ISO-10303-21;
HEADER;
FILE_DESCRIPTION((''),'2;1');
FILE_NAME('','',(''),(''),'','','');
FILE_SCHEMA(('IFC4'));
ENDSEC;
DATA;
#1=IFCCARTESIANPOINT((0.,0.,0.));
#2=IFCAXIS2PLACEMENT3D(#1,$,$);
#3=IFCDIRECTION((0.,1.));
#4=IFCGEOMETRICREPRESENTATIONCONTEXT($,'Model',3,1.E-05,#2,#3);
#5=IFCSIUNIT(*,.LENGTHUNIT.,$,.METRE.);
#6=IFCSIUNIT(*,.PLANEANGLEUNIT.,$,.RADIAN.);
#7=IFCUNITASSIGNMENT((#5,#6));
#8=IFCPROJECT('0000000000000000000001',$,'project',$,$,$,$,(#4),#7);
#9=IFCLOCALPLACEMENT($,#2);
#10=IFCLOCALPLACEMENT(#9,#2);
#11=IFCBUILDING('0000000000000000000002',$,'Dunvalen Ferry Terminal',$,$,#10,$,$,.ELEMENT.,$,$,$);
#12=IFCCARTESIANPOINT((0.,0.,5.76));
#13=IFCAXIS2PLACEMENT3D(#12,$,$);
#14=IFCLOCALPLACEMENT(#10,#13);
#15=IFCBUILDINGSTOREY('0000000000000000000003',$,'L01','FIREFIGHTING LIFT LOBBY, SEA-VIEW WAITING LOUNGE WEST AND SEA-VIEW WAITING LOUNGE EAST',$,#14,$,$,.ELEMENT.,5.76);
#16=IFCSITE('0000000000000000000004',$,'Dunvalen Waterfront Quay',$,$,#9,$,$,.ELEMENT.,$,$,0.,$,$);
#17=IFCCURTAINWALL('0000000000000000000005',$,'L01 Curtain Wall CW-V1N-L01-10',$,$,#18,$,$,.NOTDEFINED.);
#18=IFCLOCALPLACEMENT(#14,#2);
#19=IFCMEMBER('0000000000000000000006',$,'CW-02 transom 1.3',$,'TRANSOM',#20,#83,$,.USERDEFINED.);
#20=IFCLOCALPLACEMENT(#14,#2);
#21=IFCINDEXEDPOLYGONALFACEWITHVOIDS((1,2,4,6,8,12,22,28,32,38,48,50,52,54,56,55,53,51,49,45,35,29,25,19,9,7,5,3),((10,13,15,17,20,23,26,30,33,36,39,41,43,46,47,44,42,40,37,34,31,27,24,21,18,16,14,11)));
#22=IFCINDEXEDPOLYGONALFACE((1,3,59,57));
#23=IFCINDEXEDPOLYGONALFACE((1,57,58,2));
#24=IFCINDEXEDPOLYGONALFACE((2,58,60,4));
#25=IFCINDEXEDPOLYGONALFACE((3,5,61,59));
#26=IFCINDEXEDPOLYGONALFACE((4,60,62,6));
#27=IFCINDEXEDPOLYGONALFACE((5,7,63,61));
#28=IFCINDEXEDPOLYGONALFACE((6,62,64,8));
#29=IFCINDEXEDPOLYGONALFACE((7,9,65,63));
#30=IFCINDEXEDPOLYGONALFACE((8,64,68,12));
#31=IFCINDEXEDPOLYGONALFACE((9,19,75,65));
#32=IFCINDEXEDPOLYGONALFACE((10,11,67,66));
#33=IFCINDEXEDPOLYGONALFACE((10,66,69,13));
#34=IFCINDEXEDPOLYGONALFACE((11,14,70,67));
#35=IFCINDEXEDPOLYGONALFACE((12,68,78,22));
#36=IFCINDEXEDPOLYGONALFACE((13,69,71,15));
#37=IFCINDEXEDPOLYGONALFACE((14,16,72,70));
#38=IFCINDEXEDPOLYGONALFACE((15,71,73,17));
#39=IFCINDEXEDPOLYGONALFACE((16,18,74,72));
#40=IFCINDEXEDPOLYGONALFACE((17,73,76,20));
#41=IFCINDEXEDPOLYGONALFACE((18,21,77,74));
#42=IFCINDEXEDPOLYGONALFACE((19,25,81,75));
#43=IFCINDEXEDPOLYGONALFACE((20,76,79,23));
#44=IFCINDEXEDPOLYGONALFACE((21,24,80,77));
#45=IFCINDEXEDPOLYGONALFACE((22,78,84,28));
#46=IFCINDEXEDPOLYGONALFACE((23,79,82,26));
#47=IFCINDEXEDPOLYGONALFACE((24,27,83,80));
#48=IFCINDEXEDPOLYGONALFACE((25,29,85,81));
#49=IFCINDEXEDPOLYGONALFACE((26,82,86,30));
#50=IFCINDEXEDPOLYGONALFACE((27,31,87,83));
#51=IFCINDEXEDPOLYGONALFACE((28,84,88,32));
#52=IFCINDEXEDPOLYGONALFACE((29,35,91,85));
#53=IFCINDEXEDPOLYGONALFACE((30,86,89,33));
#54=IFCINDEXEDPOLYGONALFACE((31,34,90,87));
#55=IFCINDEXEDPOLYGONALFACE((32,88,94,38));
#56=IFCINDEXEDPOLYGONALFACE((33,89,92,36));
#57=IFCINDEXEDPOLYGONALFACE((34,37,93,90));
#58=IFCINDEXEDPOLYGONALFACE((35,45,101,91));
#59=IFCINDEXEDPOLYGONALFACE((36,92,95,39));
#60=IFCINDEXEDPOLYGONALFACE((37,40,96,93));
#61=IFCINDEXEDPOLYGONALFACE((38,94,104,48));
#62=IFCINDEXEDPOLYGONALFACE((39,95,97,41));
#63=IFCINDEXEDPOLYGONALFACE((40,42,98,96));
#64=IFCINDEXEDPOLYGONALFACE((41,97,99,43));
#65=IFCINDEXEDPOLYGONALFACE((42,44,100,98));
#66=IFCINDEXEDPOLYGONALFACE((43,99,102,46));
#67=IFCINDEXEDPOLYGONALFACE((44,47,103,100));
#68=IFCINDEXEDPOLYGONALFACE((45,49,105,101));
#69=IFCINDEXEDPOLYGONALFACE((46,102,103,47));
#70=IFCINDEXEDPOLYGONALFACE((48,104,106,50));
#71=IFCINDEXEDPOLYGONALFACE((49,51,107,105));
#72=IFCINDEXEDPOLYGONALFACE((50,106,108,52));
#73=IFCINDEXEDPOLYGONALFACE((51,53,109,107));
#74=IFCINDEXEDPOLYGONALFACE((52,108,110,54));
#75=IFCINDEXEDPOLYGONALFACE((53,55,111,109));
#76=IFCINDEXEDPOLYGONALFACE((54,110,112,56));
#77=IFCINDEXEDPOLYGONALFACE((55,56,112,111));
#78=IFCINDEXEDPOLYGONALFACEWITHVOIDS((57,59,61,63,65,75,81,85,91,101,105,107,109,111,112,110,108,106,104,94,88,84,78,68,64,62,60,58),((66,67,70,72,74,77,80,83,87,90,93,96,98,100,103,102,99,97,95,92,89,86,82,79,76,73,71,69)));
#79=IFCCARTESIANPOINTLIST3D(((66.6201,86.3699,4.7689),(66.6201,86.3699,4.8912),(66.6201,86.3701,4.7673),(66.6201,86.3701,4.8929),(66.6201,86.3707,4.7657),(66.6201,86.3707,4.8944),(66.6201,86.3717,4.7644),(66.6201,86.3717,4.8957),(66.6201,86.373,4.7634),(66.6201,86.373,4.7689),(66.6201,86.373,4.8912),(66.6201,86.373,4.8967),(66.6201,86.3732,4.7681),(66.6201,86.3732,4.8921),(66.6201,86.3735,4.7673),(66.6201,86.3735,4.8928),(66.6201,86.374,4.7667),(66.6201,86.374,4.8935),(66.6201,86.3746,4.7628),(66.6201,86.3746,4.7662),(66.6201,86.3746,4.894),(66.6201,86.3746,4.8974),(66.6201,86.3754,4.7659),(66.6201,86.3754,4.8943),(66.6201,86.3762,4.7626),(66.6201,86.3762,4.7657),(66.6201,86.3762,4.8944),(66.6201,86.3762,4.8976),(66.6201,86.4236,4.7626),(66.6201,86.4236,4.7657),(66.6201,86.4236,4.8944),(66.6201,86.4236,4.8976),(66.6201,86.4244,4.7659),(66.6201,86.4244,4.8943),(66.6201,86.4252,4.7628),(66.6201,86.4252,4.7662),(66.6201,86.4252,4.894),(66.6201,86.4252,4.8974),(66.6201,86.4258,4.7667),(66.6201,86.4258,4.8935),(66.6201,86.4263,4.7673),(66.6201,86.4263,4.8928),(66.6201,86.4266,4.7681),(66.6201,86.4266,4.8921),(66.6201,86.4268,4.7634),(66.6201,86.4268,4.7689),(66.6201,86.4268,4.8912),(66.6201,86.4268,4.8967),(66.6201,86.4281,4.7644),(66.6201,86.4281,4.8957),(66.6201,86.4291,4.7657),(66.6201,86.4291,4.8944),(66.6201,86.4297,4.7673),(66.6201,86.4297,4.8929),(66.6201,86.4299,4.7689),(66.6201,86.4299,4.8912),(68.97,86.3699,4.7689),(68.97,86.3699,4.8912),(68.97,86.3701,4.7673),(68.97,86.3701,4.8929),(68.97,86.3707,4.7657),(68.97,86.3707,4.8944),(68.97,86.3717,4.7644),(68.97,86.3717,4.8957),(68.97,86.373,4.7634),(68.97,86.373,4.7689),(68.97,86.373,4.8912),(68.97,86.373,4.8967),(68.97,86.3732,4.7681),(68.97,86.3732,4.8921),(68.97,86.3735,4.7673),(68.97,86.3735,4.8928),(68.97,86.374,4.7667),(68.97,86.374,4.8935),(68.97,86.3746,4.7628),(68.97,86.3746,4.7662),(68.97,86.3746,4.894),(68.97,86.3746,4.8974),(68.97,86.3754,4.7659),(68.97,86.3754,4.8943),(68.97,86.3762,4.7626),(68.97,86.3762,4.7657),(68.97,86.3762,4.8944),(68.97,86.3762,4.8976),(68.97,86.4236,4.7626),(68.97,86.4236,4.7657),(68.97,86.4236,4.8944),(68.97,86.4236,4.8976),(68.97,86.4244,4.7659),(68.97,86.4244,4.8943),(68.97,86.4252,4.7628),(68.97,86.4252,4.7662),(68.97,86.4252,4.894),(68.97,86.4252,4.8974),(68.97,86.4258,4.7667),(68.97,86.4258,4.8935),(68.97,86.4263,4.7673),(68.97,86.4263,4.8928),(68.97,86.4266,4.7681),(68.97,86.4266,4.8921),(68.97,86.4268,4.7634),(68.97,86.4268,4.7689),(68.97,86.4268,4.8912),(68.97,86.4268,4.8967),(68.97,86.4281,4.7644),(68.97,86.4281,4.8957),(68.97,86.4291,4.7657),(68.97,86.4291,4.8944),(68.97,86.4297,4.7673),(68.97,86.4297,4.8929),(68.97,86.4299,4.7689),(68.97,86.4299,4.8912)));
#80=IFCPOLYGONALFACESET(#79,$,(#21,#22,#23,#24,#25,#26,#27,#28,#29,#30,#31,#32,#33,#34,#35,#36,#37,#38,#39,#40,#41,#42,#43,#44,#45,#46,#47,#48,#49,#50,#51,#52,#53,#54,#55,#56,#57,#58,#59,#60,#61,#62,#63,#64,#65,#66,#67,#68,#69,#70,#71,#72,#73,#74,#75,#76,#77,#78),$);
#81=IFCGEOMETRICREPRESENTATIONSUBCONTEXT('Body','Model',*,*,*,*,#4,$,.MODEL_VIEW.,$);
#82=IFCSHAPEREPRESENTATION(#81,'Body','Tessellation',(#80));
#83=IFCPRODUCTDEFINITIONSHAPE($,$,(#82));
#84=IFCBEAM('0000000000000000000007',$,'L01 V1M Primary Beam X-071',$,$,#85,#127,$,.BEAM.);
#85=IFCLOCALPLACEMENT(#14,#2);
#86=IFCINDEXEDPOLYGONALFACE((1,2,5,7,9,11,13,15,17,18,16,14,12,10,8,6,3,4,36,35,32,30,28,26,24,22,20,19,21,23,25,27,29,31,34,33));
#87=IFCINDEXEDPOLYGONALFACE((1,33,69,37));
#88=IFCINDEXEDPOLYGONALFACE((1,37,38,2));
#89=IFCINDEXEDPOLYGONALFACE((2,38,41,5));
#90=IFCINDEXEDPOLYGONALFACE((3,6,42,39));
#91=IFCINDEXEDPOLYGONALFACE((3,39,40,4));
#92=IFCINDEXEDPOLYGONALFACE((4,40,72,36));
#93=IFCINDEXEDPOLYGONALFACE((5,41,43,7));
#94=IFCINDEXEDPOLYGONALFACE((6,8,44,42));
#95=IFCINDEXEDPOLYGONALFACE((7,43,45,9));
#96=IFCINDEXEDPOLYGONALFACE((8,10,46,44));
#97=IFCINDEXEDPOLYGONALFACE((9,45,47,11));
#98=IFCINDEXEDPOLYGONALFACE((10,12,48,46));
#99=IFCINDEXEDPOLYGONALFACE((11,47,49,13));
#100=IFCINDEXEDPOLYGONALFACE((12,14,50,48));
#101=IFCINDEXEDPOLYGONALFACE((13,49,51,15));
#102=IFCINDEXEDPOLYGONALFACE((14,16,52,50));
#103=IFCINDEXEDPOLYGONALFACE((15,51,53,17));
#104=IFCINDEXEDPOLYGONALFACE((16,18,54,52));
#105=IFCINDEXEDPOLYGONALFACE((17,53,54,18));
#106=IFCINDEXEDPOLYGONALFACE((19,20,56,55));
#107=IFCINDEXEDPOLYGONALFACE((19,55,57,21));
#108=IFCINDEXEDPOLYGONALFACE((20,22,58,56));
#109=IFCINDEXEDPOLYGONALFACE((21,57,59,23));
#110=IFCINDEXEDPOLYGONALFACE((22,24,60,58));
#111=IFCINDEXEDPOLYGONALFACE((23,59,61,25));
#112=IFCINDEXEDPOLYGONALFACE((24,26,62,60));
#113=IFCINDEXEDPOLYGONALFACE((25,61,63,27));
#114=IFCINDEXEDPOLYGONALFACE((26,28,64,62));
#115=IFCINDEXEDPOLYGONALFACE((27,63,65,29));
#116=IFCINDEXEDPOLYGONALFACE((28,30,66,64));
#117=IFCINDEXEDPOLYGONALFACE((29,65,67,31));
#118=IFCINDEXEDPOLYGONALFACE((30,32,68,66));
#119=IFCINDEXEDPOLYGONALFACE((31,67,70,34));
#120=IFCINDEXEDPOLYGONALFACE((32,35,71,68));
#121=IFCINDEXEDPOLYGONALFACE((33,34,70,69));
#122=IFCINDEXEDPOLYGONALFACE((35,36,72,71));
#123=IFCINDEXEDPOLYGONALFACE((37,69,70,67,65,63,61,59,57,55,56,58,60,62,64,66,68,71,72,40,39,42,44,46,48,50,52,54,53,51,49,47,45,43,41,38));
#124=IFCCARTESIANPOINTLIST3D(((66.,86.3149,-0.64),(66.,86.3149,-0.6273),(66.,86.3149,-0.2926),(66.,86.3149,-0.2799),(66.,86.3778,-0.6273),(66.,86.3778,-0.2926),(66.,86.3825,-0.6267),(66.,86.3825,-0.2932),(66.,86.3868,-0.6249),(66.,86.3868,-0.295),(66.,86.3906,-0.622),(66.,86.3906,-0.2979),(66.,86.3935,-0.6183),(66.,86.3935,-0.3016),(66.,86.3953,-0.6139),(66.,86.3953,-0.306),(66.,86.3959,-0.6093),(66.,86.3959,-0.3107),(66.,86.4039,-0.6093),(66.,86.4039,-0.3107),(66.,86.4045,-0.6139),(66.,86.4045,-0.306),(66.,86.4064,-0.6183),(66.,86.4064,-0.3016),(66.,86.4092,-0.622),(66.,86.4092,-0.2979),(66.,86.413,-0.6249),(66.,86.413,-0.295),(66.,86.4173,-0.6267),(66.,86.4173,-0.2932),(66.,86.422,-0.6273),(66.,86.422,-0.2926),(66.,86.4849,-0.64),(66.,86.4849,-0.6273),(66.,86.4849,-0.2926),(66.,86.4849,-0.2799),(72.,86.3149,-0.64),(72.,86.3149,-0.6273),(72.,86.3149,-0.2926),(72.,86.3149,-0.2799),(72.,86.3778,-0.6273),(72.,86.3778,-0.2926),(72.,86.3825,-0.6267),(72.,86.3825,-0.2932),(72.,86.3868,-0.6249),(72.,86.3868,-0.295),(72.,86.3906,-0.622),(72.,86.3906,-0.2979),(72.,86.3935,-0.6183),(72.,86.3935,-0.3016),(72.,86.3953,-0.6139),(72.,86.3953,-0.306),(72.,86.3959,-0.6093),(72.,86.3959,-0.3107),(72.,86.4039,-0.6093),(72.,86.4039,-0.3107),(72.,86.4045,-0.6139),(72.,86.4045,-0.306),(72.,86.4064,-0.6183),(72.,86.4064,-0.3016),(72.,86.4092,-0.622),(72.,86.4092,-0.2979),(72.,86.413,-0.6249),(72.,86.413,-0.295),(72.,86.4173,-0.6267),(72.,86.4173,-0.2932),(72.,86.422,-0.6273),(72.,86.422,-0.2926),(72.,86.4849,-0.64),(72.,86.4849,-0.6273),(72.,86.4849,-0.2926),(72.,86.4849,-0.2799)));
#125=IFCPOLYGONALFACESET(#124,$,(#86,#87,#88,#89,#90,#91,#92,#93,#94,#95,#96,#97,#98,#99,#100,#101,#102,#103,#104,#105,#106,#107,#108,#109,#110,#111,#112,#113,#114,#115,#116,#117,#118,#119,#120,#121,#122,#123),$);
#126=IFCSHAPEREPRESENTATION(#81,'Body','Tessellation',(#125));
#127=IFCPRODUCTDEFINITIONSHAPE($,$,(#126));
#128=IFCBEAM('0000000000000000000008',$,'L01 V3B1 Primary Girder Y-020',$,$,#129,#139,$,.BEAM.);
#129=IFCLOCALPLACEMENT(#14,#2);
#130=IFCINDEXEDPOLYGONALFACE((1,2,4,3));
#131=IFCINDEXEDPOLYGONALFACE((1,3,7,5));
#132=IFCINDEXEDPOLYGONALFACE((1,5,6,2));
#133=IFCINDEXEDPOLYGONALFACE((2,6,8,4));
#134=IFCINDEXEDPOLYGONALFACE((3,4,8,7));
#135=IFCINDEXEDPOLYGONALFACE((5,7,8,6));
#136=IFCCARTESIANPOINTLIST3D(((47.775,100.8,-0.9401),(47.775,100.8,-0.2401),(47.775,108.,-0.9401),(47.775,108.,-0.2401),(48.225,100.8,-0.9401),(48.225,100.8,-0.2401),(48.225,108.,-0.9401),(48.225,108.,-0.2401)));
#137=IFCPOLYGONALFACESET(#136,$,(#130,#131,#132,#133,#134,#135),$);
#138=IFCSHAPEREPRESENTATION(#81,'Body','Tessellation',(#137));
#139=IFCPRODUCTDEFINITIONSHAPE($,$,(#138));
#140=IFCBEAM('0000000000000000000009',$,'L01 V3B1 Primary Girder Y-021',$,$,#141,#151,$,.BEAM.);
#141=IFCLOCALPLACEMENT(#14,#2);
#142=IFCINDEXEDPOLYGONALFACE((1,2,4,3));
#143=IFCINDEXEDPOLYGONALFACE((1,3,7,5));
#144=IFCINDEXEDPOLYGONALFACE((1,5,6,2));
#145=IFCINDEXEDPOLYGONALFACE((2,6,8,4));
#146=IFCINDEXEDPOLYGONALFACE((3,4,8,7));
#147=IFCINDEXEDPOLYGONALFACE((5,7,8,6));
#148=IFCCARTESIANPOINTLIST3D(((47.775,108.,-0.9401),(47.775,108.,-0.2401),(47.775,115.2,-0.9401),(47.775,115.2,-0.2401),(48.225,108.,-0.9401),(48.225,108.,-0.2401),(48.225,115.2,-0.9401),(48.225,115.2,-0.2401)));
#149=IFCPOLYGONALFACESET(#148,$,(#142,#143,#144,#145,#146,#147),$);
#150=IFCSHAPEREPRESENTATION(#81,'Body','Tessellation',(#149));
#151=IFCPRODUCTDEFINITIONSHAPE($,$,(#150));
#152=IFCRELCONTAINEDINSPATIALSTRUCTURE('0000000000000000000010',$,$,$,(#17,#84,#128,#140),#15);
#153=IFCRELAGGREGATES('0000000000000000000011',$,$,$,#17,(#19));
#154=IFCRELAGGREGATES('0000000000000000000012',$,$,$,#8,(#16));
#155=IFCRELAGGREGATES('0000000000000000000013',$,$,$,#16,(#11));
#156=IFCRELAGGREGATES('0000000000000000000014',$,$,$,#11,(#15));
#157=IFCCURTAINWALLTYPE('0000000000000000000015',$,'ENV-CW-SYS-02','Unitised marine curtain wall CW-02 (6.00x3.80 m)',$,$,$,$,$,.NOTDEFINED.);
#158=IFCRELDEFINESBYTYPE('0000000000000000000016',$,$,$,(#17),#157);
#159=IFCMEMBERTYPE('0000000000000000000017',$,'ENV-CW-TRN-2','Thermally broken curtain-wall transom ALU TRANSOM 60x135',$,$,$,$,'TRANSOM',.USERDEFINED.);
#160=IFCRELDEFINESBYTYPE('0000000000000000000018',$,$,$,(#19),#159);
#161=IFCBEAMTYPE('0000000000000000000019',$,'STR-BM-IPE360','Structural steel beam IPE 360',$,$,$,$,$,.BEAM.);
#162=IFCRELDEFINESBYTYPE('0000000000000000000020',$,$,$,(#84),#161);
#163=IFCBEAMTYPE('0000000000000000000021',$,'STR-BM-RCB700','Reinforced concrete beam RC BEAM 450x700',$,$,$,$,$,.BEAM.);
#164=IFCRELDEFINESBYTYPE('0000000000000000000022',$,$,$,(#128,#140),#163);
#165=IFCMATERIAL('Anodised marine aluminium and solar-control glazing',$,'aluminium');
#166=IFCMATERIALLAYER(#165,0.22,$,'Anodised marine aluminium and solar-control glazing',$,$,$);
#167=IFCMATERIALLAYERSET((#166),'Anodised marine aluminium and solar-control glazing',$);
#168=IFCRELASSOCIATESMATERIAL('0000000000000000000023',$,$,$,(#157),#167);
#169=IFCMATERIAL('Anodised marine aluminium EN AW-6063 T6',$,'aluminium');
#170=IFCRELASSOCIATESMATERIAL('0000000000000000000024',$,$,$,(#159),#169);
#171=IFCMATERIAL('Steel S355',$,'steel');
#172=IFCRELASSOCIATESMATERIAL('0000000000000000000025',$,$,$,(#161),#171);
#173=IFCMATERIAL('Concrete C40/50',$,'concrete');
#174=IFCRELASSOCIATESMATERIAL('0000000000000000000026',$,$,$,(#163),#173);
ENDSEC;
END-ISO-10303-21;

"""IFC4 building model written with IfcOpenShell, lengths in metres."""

from ifc_helpers import new_model, si_unit, direction, frame, origin, origin_2d, place, context, subcontext, project, spatial, rectangle, hollow_rectangle, i_section, extrude, material, layer, layer_set, material_profile, profile_set, type_object, element, aggregate, save


model = new_model("IFC4")

# Units and contexts
model_context = context("Model", 3, precision=1e-05, world=origin(), true_north=direction((0.0, 1.0)))
body_context = subcontext(model_context, "Body", "Model", "MODEL_VIEW")
ifc_project = project(units=[si_unit("LENGTHUNIT", "METRE"), si_unit("PLANEANGLEUNIT", "RADIAN")], contexts=[model_context])

# Site, building, storey
site_placement = place(None, origin())
site = spatial("IfcSite", under=ifc_project, at=site_placement, Name="Dunvalen Waterfront Quay", CompositionType="ELEMENT", RefElevation=0.0)
building_placement = place(site_placement, origin())
building = spatial("IfcBuilding", under=site, at=building_placement, Name="Dunvalen Ferry Terminal", CompositionType="ELEMENT")
storey_placement = place(building_placement, frame((0.0, 0.0, 5.76)))
storey = spatial("IfcBuildingStorey", under=building, at=storey_placement, Name="L01", Description="FIREFIGHTING LIFT LOBBY, SEA-VIEW WAITING LOUNGE WEST AND SEA-VIEW WAITING LOUNGE EAST", CompositionType="ELEMENT", Elevation=5.76)

# Shared definitions
ifc_material_1 = material(Name="Steel S355", Category="steel")

# Curtain wall, member
ifc_material_2 = material(Name="Anodised marine aluminium and solar-control glazing", Category="aluminium")
ifc_layer_1 = layer(ifc_material_2, 0.22, Name="Anodised marine aluminium and solar-control glazing")
ifc_layer_set_1 = layer_set([ifc_layer_1], Name="Anodised marine aluminium and solar-control glazing")
curtain_wall_type = type_object("IfcCurtainWallType", Name="ENV-CW-SYS-02", Description="Unitised marine curtain wall CW-02 (6.00x3.80 m)", PredefinedType="NOTDEFINED", material=ifc_layer_set_1)
curtain_wall_placement = place(storey_placement, origin())
curtain_wall = element("IfcCurtainWall", 1, at=curtain_wall_placement, inside=storey, type_object=curtain_wall_type, Name="L01 Curtain Wall CW-V1N-L01-10", PredefinedType="NOTDEFINED")
ifc_material_3 = material(Name="Anodised marine aluminium EN AW-6063 T6", Category="aluminium")
ifc_material_profile_1 = material_profile(ifc_material_3, hollow_rectangle(XDim=0.0601, YDim=0.135, WallThickness=0.0032, InnerFilletRadius=0.0032, OuterFilletRadius=0.0063, at=origin_2d()), Name="Anodised marine aluminium EN AW-6063 T6")
ifc_profile_set_1 = profile_set([ifc_material_profile_1], Name="Anodised marine aluminium EN AW-6063 T6")
member_type_1 = type_object("IfcMemberType", Name="ENV-CW-TRN-2", Description="Thermally broken curtain-wall transom ALU TRANSOM 60x135", ElementType="TRANSOM", PredefinedType="USERDEFINED", material=ifc_profile_set_1)
member_1_placement = place(storey_placement, frame((66.6201, 86.3999, 4.8301), z_axis=(1.0, 0.0, 0.0), x_axis=(0.0, 1.0, 0.0)))
member_1 = element("IfcMember", 2, at=member_1_placement, type_object=member_type_1, Name="CW-02 transom 1.3", ObjectType="TRANSOM", PredefinedType="USERDEFINED", context=body_context, shape_type="SweptSolid", body=[
    extrude(hollow_rectangle(XDim=0.0601, YDim=0.135, WallThickness=0.0032, InnerFilletRadius=0.0032, OuterFilletRadius=0.0063, at=origin_2d()), origin(), (0.0, 0.0, 1.0), 2.3499),
])

# Beams
ifc_material_profile_2 = material_profile(ifc_material_1, i_section(OverallWidth=0.1699, OverallDepth=0.3601, WebThickness=0.0081, FlangeThickness=0.0127, FilletRadius=0.0181, at=origin_2d()), Name="Steel S355")
ifc_profile_set_2 = profile_set([ifc_material_profile_2], Name="Steel S355")
beam_type_1 = type_object("IfcBeamType", Name="STR-BM-IPE360", Description="Structural steel beam IPE 360", PredefinedType="BEAM", material=ifc_profile_set_2)
beam_placement = place(storey_placement, frame((66.0, 86.3999, -0.46), z_axis=(1.0, 0.0, 0.0), x_axis=(0.0, 1.0, 0.0)))
element("IfcBeam", 3, at=beam_placement, inside=storey, type_object=beam_type_1, Name="L01 V1M Primary Beam X-071", PredefinedType="BEAM", context=body_context, shape_type="SweptSolid", body=[
    extrude(i_section(OverallWidth=0.1699, OverallDepth=0.3601, WebThickness=0.0081, FlangeThickness=0.0127, FilletRadius=0.0181, at=origin_2d()), origin(), (0.0, 0.0, 1.0), 6.0),
])
ifc_material_4 = material(Name="Concrete C40/50", Category="concrete")
ifc_material_profile_3 = material_profile(ifc_material_4, rectangle(XDim=0.45, YDim=0.7, at=origin_2d()), Name="Concrete C40/50")
ifc_profile_set_3 = profile_set([ifc_material_profile_3], Name="Concrete C40/50")
beam_type_2 = type_object("IfcBeamType", Name="STR-BM-RCB700", Description="Reinforced concrete beam RC BEAM 450x700", PredefinedType="BEAM", material=ifc_profile_set_3)
for number, where, z_axis, x_axis, name in (
    (4, (48.0, 100.8, -0.5901), (0.0, 1.0, 0.0), (-1.0, 0.0, 0.0), "L01 V3B1 Primary Girder Y-020"),
    (5, (48.0, 108.0, -0.5901), (0.0, 1.0, 0.0), (-1.0, 0.0, 0.0), "L01 V3B1 Primary Girder Y-021"),
):
    element("IfcBeam", number, at=place(storey_placement, frame(where, z_axis=z_axis, x_axis=x_axis)), inside=storey, type_object=beam_type_2, Name=name, PredefinedType="BEAM", context=body_context, shape_type="SweptSolid", body=[
        extrude(rectangle(XDim=0.45, YDim=0.7, at=origin_2d()), origin(), (0.0, 0.0, 1.0), 7.2),
    ])

aggregate(curtain_wall, [member_1])

save(model, "model.ifc")
